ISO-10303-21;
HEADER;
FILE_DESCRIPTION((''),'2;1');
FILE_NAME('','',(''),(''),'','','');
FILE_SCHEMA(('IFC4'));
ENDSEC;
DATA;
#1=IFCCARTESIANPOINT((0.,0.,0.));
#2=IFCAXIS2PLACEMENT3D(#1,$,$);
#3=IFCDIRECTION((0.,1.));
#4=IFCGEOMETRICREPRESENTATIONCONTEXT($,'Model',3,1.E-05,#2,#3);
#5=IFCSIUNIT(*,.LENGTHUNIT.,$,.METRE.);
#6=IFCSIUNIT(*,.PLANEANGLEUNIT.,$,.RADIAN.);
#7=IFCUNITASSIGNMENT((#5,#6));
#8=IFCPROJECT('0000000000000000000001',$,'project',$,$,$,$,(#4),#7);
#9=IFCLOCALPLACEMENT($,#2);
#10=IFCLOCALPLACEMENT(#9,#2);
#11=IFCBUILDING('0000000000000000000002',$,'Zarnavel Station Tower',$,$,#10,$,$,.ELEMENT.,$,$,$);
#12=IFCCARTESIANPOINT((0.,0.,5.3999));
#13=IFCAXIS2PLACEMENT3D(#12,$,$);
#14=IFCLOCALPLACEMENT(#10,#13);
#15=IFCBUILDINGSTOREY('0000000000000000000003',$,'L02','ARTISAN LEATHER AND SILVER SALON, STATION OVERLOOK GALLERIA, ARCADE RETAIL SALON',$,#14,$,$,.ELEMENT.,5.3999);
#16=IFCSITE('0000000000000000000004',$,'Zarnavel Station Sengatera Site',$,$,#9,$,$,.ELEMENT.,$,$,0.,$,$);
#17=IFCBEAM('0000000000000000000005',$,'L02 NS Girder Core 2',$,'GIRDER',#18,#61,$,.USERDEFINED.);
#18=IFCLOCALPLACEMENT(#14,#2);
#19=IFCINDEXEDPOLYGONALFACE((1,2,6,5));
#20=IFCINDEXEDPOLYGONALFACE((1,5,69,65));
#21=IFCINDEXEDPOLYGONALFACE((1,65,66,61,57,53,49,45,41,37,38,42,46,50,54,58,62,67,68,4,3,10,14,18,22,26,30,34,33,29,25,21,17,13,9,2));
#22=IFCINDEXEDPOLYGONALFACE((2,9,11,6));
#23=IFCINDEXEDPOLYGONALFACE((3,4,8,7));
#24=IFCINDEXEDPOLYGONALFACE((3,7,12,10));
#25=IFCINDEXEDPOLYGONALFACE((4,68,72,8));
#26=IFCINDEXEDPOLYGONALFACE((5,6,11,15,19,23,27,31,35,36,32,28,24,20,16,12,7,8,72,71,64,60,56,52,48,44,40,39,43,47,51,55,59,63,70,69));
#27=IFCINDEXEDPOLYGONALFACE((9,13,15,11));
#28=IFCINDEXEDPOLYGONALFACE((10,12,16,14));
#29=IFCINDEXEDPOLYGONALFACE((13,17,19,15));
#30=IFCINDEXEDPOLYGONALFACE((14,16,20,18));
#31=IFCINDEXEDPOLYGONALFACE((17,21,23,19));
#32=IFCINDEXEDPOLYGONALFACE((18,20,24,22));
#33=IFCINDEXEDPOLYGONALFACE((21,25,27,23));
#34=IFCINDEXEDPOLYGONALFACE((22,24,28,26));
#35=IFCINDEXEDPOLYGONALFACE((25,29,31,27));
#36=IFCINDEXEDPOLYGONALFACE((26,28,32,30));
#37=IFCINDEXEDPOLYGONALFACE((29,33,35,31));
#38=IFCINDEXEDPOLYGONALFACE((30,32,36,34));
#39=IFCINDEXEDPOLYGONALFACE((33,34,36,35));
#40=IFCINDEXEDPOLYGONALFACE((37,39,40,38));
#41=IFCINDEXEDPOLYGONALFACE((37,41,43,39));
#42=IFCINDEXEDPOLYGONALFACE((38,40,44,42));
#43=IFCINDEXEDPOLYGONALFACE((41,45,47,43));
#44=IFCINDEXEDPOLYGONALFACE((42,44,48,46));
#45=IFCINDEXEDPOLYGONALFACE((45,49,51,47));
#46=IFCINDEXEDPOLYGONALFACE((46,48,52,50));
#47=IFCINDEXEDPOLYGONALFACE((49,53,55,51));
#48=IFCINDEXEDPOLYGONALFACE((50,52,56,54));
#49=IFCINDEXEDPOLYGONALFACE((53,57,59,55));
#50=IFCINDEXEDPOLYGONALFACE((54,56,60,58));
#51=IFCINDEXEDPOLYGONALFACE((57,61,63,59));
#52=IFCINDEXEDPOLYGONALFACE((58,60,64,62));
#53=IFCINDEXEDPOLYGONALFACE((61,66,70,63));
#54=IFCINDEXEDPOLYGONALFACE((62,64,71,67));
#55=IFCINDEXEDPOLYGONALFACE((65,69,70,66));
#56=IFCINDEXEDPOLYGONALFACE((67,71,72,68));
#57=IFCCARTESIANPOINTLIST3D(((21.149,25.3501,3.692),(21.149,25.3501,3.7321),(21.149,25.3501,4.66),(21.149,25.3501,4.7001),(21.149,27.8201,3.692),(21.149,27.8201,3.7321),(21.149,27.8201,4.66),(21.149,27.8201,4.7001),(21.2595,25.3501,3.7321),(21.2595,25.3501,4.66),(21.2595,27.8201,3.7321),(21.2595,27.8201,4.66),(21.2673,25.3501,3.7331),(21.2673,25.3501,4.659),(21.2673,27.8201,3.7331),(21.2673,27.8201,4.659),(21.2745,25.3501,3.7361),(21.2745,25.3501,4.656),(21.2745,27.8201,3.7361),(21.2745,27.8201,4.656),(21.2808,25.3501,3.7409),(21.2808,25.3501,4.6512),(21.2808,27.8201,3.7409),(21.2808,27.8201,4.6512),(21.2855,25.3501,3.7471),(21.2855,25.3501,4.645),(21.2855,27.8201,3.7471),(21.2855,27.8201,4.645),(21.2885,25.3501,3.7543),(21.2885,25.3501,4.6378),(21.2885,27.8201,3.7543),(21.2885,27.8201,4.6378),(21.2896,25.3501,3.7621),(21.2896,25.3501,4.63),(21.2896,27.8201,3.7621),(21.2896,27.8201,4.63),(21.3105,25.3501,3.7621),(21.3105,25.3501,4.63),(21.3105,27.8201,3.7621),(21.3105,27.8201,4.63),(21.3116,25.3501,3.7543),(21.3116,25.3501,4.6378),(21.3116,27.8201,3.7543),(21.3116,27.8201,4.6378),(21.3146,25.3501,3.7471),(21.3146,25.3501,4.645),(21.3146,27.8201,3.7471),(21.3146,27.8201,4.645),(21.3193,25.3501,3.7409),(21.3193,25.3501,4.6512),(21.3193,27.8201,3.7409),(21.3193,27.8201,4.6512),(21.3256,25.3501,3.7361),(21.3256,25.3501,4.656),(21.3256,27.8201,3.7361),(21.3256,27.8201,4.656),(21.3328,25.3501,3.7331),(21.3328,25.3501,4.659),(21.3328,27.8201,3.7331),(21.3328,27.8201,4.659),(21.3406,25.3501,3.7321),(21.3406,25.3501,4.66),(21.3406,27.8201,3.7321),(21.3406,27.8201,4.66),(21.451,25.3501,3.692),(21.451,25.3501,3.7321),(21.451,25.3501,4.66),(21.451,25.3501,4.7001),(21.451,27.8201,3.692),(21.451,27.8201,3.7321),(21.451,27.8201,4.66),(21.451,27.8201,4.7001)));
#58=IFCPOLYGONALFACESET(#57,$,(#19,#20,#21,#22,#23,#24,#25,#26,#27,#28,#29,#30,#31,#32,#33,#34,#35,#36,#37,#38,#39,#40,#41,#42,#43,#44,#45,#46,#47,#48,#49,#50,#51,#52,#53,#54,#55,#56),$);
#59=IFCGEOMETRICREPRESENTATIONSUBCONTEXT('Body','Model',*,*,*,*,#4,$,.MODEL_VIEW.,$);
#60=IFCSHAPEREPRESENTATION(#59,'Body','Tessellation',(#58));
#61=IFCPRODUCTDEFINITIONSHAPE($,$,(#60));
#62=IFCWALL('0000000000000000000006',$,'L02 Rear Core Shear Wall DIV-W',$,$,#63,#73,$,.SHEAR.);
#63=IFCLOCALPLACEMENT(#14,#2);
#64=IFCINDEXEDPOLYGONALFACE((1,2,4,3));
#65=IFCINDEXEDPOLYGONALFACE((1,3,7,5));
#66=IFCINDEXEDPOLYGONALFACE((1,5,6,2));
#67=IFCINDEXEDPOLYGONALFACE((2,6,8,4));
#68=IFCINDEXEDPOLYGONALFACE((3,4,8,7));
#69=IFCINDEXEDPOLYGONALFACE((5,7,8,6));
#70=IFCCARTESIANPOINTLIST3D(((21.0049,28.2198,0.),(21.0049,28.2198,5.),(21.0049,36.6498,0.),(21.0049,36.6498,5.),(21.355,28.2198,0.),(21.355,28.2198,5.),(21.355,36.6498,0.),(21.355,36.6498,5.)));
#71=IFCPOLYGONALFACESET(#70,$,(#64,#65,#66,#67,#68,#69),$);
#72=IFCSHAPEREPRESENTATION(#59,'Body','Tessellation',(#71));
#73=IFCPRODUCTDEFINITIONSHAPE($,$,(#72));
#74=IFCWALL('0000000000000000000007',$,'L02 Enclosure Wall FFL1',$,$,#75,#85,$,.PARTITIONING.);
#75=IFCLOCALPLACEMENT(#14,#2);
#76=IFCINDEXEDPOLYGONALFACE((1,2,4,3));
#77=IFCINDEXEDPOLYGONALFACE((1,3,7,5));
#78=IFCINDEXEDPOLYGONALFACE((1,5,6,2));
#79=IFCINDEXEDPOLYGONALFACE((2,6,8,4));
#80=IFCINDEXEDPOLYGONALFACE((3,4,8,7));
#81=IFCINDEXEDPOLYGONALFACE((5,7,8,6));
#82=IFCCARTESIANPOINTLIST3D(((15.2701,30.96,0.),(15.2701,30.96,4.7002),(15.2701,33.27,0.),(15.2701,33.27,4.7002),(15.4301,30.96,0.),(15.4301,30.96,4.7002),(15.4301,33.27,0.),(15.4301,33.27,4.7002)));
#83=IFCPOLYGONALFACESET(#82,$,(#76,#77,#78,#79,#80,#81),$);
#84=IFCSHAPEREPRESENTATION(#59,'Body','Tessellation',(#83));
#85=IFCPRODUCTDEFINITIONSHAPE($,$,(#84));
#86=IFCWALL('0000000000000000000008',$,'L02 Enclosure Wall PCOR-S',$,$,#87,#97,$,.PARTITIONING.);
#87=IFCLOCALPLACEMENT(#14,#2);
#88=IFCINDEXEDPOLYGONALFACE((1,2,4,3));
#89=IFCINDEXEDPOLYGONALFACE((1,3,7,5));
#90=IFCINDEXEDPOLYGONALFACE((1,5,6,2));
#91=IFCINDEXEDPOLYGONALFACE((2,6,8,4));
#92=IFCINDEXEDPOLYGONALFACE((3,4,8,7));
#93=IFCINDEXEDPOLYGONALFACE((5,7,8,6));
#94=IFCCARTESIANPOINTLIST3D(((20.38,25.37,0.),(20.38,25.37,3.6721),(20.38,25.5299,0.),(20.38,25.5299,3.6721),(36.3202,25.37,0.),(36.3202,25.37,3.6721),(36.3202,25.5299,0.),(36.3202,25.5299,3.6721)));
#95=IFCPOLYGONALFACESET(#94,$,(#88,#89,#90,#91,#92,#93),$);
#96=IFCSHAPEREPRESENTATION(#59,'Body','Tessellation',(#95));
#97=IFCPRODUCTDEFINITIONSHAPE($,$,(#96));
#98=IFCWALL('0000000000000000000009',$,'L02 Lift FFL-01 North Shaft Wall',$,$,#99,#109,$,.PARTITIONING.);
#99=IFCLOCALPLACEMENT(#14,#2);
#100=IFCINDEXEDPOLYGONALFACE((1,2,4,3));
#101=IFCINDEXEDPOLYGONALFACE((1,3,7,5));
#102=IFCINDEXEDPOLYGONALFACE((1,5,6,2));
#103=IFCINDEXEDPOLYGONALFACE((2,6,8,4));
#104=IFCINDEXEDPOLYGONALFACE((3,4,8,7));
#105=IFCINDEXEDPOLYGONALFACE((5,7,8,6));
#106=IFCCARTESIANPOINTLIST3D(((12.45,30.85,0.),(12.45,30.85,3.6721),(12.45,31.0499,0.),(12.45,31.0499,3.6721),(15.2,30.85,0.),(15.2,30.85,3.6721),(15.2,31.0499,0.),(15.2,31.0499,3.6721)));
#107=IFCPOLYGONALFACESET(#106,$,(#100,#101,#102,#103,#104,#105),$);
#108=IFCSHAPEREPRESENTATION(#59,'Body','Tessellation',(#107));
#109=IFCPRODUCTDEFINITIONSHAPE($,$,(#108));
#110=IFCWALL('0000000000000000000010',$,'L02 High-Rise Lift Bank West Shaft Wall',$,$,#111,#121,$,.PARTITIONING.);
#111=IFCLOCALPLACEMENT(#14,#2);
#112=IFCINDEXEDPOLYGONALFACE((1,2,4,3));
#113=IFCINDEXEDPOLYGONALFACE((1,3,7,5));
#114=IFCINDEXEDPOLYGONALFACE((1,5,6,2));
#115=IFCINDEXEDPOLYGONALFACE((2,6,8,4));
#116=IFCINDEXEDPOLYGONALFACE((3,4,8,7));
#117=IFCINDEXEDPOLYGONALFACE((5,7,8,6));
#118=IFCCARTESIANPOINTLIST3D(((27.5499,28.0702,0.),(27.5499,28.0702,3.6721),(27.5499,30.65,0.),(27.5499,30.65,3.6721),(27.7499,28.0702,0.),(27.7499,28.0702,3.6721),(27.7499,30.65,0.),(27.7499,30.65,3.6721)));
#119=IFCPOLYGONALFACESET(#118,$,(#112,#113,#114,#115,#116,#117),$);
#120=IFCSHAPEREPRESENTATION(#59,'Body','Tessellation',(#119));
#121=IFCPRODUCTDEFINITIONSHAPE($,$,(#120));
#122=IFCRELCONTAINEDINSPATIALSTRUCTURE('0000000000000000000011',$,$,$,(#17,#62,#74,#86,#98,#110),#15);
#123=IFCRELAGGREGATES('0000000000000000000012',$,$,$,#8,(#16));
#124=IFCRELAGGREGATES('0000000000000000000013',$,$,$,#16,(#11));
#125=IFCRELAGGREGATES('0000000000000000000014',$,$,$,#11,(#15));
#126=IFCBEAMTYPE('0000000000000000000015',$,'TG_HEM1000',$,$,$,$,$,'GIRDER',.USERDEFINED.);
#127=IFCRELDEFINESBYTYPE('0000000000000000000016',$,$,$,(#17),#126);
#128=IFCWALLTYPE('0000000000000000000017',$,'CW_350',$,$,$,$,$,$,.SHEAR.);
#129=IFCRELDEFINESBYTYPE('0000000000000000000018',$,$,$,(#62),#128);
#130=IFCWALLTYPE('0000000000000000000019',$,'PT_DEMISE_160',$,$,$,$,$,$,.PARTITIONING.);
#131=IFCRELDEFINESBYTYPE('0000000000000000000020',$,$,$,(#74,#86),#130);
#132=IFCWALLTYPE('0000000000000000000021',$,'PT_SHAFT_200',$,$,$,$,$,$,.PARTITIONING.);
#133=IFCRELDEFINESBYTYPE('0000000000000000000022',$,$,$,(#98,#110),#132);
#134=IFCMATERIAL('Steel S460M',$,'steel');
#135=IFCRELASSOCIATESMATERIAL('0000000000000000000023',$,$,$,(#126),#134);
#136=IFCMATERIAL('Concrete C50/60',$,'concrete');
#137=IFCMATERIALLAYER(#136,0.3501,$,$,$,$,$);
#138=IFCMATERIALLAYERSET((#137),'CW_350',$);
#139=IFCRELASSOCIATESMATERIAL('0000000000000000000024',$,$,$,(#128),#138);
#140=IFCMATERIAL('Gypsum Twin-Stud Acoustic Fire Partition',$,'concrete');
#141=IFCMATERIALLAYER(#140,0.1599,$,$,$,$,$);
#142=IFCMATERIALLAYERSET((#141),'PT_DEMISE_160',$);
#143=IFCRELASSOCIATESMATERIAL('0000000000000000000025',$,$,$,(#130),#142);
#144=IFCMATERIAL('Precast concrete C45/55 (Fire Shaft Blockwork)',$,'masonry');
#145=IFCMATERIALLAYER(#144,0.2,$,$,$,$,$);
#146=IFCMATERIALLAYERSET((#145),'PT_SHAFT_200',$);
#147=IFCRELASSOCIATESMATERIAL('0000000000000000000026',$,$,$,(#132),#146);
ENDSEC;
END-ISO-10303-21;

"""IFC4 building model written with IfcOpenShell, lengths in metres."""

from ifc_helpers import new_model, si_unit, direction, frame, frame_2d, origin, origin_2d, place, context, subcontext, project, spatial, rectangle, i_section, extrude, material, layer, layer_set, material_profile, profile_set, type_object, element, save


model = new_model("IFC4")

# Units and contexts
model_context = context("Model", 3, precision=1e-05, world=origin(), true_north=direction((0.0, 1.0)))
body_context = subcontext(model_context, "Body", "Model", "MODEL_VIEW")
ifc_project = project(units=[si_unit("LENGTHUNIT", "METRE"), si_unit("PLANEANGLEUNIT", "RADIAN")], contexts=[model_context])

# Site, building, storey
site_placement = place(None, origin())
site = spatial("IfcSite", under=ifc_project, at=site_placement, Name="Zarnavel Station Sengatera Site", CompositionType="ELEMENT", RefElevation=0.0)
building_placement = place(site_placement, origin())
building = spatial("IfcBuilding", under=site, at=building_placement, Name="Zarnavel Station Tower", CompositionType="ELEMENT")
storey_placement = place(building_placement, frame((0.0, 0.0, 5.3999)))
storey = spatial("IfcBuildingStorey", under=building, at=storey_placement, Name="L02", Description="ARTISAN LEATHER AND SILVER SALON, STATION OVERLOOK GALLERIA, ARCADE RETAIL SALON", CompositionType="ELEMENT", Elevation=5.3999)

# Beam
ifc_material_1 = material(Name="Steel S460M", Category="steel")
ifc_material_profile_1 = material_profile(ifc_material_1, i_section(OverallWidth=0.302, OverallDepth=1.0081, WebThickness=0.021, FlangeThickness=0.04, FilletRadius=0.03, at=origin_2d()), Name="HEM1000")
ifc_profile_set_1 = profile_set([ifc_material_profile_1], Name="Steel S460M")
beam_type_1 = type_object("IfcBeamType", Name="TG_HEM1000", ElementType="GIRDER", PredefinedType="USERDEFINED", material=ifc_profile_set_1)
beam_1_placement = place(storey_placement, frame((21.3, 25.3501, 4.196), z_axis=(0.0, 1.0, 0.0), x_axis=(-1.0, 0.0, 0.0)))
element("IfcBeam", 1, at=beam_1_placement, inside=storey, type_object=beam_type_1, Name="L02 NS Girder Core 2", ObjectType="GIRDER", PredefinedType="USERDEFINED", context=body_context, shape_type="SweptSolid", body=[
    extrude(i_section(OverallWidth=0.302, OverallDepth=1.0081, WebThickness=0.021, FlangeThickness=0.04, FilletRadius=0.03, at=origin_2d()), origin(), (0.0, 0.0, 1.0), 2.47),
])

# Wall
ifc_material_2 = material(Name="Concrete C50/60", Category="concrete")
ifc_layer_1 = layer(ifc_material_2, 0.3501)
ifc_layer_set_1 = layer_set([ifc_layer_1], Name="CW_350")
wall_type_1 = type_object("IfcWallType", Name="CW_350", PredefinedType="SHEAR", material=ifc_layer_set_1)
wall_1_placement = place(storey_placement, frame((21.1799, 28.22, 0.0), z_axis=(0.0, 0.0, 1.0), x_axis=(0.0, 1.0, 0.0)))
element("IfcWall", 2, at=wall_1_placement, inside=storey, type_object=wall_type_1, Name="L02 Rear Core Shear Wall DIV-W", PredefinedType="SHEAR", context=body_context, shape_type="SweptSolid", body=[
    extrude(rectangle(XDim=8.4299, YDim=0.3501, at=frame_2d((4.2148, 0.0))), origin(), (0.0, 0.0, 1.0), 5.0),
])

# Walls
ifc_material_3 = material(Name="Gypsum Twin-Stud Acoustic Fire Partition", Category="concrete")
ifc_layer_2 = layer(ifc_material_3, 0.1599)
ifc_layer_set_2 = layer_set([ifc_layer_2], Name="PT_DEMISE_160")
wall_type_2 = type_object("IfcWallType", Name="PT_DEMISE_160", PredefinedType="PARTITIONING", material=ifc_layer_set_2)
wall_2_placement = place(storey_placement, frame((15.3501, 30.96, 0.0), z_axis=(0.0, 0.0, 1.0), x_axis=(0.0, 1.0, 0.0)))
element("IfcWall", 3, at=wall_2_placement, inside=storey, type_object=wall_type_2, Name="L02 Enclosure Wall FFL1", PredefinedType="PARTITIONING", context=body_context, shape_type="SweptSolid", body=[
    extrude(rectangle(XDim=2.3101, YDim=0.1599, at=frame_2d((1.155, 0.0))), origin(), (0.0, 0.0, 1.0), 4.7002),
])
wall_3_placement = place(storey_placement, frame((20.3799, 25.45, 0.0), z_axis=(0.0, 0.0, 1.0), x_axis=(1.0, 0.0, 0.0)))
element("IfcWall", 4, at=wall_3_placement, inside=storey, type_object=wall_type_2, Name="L02 Enclosure Wall PCOR-S", PredefinedType="PARTITIONING", context=body_context, shape_type="SweptSolid", body=[
    extrude(rectangle(XDim=15.9402, YDim=0.1599, at=frame_2d((7.9702, 0.0))), origin(), (0.0, 0.0, 1.0), 3.6721),
])

# Shared definitions
ifc_material_4 = material(Name="Precast concrete C45/55 (Fire Shaft Blockwork)", Category="masonry")
ifc_layer_3 = layer(ifc_material_4, 0.2)
ifc_layer_set_3 = layer_set([ifc_layer_3], Name="PT_SHAFT_200")
wall_type_3 = type_object("IfcWallType", Name="PT_SHAFT_200", PredefinedType="PARTITIONING", material=ifc_layer_set_3)

# Walls
wall_4_placement = place(storey_placement, frame((12.45, 30.95, 0.0), z_axis=(0.0, 0.0, 1.0), x_axis=(1.0, 0.0, 0.0)))
element("IfcWall", 5, at=wall_4_placement, inside=storey, type_object=wall_type_3, Name="L02 Lift FFL-01 North Shaft Wall", PredefinedType="PARTITIONING", context=body_context, shape_type="SweptSolid", body=[
    extrude(rectangle(XDim=2.75, YDim=0.2, at=frame_2d((1.375, 0.0))), origin(), (0.0, 0.0, 1.0), 3.6721),
])
wall_5_placement = place(storey_placement, frame((27.6499, 28.0701, 0.0), z_axis=(0.0, 0.0, 1.0), x_axis=(0.0, 1.0, 0.0)))
element("IfcWall", 6, at=wall_5_placement, inside=storey, type_object=wall_type_3, Name="L02 High-Rise Lift Bank West Shaft Wall", PredefinedType="PARTITIONING", context=body_context, shape_type="SweptSolid", body=[
    extrude(rectangle(XDim=2.5798, YDim=0.2, at=frame_2d((1.29, 0.0))), origin(), (0.0, 0.0, 1.0), 3.6721),
])

save(model, "model.ifc")
